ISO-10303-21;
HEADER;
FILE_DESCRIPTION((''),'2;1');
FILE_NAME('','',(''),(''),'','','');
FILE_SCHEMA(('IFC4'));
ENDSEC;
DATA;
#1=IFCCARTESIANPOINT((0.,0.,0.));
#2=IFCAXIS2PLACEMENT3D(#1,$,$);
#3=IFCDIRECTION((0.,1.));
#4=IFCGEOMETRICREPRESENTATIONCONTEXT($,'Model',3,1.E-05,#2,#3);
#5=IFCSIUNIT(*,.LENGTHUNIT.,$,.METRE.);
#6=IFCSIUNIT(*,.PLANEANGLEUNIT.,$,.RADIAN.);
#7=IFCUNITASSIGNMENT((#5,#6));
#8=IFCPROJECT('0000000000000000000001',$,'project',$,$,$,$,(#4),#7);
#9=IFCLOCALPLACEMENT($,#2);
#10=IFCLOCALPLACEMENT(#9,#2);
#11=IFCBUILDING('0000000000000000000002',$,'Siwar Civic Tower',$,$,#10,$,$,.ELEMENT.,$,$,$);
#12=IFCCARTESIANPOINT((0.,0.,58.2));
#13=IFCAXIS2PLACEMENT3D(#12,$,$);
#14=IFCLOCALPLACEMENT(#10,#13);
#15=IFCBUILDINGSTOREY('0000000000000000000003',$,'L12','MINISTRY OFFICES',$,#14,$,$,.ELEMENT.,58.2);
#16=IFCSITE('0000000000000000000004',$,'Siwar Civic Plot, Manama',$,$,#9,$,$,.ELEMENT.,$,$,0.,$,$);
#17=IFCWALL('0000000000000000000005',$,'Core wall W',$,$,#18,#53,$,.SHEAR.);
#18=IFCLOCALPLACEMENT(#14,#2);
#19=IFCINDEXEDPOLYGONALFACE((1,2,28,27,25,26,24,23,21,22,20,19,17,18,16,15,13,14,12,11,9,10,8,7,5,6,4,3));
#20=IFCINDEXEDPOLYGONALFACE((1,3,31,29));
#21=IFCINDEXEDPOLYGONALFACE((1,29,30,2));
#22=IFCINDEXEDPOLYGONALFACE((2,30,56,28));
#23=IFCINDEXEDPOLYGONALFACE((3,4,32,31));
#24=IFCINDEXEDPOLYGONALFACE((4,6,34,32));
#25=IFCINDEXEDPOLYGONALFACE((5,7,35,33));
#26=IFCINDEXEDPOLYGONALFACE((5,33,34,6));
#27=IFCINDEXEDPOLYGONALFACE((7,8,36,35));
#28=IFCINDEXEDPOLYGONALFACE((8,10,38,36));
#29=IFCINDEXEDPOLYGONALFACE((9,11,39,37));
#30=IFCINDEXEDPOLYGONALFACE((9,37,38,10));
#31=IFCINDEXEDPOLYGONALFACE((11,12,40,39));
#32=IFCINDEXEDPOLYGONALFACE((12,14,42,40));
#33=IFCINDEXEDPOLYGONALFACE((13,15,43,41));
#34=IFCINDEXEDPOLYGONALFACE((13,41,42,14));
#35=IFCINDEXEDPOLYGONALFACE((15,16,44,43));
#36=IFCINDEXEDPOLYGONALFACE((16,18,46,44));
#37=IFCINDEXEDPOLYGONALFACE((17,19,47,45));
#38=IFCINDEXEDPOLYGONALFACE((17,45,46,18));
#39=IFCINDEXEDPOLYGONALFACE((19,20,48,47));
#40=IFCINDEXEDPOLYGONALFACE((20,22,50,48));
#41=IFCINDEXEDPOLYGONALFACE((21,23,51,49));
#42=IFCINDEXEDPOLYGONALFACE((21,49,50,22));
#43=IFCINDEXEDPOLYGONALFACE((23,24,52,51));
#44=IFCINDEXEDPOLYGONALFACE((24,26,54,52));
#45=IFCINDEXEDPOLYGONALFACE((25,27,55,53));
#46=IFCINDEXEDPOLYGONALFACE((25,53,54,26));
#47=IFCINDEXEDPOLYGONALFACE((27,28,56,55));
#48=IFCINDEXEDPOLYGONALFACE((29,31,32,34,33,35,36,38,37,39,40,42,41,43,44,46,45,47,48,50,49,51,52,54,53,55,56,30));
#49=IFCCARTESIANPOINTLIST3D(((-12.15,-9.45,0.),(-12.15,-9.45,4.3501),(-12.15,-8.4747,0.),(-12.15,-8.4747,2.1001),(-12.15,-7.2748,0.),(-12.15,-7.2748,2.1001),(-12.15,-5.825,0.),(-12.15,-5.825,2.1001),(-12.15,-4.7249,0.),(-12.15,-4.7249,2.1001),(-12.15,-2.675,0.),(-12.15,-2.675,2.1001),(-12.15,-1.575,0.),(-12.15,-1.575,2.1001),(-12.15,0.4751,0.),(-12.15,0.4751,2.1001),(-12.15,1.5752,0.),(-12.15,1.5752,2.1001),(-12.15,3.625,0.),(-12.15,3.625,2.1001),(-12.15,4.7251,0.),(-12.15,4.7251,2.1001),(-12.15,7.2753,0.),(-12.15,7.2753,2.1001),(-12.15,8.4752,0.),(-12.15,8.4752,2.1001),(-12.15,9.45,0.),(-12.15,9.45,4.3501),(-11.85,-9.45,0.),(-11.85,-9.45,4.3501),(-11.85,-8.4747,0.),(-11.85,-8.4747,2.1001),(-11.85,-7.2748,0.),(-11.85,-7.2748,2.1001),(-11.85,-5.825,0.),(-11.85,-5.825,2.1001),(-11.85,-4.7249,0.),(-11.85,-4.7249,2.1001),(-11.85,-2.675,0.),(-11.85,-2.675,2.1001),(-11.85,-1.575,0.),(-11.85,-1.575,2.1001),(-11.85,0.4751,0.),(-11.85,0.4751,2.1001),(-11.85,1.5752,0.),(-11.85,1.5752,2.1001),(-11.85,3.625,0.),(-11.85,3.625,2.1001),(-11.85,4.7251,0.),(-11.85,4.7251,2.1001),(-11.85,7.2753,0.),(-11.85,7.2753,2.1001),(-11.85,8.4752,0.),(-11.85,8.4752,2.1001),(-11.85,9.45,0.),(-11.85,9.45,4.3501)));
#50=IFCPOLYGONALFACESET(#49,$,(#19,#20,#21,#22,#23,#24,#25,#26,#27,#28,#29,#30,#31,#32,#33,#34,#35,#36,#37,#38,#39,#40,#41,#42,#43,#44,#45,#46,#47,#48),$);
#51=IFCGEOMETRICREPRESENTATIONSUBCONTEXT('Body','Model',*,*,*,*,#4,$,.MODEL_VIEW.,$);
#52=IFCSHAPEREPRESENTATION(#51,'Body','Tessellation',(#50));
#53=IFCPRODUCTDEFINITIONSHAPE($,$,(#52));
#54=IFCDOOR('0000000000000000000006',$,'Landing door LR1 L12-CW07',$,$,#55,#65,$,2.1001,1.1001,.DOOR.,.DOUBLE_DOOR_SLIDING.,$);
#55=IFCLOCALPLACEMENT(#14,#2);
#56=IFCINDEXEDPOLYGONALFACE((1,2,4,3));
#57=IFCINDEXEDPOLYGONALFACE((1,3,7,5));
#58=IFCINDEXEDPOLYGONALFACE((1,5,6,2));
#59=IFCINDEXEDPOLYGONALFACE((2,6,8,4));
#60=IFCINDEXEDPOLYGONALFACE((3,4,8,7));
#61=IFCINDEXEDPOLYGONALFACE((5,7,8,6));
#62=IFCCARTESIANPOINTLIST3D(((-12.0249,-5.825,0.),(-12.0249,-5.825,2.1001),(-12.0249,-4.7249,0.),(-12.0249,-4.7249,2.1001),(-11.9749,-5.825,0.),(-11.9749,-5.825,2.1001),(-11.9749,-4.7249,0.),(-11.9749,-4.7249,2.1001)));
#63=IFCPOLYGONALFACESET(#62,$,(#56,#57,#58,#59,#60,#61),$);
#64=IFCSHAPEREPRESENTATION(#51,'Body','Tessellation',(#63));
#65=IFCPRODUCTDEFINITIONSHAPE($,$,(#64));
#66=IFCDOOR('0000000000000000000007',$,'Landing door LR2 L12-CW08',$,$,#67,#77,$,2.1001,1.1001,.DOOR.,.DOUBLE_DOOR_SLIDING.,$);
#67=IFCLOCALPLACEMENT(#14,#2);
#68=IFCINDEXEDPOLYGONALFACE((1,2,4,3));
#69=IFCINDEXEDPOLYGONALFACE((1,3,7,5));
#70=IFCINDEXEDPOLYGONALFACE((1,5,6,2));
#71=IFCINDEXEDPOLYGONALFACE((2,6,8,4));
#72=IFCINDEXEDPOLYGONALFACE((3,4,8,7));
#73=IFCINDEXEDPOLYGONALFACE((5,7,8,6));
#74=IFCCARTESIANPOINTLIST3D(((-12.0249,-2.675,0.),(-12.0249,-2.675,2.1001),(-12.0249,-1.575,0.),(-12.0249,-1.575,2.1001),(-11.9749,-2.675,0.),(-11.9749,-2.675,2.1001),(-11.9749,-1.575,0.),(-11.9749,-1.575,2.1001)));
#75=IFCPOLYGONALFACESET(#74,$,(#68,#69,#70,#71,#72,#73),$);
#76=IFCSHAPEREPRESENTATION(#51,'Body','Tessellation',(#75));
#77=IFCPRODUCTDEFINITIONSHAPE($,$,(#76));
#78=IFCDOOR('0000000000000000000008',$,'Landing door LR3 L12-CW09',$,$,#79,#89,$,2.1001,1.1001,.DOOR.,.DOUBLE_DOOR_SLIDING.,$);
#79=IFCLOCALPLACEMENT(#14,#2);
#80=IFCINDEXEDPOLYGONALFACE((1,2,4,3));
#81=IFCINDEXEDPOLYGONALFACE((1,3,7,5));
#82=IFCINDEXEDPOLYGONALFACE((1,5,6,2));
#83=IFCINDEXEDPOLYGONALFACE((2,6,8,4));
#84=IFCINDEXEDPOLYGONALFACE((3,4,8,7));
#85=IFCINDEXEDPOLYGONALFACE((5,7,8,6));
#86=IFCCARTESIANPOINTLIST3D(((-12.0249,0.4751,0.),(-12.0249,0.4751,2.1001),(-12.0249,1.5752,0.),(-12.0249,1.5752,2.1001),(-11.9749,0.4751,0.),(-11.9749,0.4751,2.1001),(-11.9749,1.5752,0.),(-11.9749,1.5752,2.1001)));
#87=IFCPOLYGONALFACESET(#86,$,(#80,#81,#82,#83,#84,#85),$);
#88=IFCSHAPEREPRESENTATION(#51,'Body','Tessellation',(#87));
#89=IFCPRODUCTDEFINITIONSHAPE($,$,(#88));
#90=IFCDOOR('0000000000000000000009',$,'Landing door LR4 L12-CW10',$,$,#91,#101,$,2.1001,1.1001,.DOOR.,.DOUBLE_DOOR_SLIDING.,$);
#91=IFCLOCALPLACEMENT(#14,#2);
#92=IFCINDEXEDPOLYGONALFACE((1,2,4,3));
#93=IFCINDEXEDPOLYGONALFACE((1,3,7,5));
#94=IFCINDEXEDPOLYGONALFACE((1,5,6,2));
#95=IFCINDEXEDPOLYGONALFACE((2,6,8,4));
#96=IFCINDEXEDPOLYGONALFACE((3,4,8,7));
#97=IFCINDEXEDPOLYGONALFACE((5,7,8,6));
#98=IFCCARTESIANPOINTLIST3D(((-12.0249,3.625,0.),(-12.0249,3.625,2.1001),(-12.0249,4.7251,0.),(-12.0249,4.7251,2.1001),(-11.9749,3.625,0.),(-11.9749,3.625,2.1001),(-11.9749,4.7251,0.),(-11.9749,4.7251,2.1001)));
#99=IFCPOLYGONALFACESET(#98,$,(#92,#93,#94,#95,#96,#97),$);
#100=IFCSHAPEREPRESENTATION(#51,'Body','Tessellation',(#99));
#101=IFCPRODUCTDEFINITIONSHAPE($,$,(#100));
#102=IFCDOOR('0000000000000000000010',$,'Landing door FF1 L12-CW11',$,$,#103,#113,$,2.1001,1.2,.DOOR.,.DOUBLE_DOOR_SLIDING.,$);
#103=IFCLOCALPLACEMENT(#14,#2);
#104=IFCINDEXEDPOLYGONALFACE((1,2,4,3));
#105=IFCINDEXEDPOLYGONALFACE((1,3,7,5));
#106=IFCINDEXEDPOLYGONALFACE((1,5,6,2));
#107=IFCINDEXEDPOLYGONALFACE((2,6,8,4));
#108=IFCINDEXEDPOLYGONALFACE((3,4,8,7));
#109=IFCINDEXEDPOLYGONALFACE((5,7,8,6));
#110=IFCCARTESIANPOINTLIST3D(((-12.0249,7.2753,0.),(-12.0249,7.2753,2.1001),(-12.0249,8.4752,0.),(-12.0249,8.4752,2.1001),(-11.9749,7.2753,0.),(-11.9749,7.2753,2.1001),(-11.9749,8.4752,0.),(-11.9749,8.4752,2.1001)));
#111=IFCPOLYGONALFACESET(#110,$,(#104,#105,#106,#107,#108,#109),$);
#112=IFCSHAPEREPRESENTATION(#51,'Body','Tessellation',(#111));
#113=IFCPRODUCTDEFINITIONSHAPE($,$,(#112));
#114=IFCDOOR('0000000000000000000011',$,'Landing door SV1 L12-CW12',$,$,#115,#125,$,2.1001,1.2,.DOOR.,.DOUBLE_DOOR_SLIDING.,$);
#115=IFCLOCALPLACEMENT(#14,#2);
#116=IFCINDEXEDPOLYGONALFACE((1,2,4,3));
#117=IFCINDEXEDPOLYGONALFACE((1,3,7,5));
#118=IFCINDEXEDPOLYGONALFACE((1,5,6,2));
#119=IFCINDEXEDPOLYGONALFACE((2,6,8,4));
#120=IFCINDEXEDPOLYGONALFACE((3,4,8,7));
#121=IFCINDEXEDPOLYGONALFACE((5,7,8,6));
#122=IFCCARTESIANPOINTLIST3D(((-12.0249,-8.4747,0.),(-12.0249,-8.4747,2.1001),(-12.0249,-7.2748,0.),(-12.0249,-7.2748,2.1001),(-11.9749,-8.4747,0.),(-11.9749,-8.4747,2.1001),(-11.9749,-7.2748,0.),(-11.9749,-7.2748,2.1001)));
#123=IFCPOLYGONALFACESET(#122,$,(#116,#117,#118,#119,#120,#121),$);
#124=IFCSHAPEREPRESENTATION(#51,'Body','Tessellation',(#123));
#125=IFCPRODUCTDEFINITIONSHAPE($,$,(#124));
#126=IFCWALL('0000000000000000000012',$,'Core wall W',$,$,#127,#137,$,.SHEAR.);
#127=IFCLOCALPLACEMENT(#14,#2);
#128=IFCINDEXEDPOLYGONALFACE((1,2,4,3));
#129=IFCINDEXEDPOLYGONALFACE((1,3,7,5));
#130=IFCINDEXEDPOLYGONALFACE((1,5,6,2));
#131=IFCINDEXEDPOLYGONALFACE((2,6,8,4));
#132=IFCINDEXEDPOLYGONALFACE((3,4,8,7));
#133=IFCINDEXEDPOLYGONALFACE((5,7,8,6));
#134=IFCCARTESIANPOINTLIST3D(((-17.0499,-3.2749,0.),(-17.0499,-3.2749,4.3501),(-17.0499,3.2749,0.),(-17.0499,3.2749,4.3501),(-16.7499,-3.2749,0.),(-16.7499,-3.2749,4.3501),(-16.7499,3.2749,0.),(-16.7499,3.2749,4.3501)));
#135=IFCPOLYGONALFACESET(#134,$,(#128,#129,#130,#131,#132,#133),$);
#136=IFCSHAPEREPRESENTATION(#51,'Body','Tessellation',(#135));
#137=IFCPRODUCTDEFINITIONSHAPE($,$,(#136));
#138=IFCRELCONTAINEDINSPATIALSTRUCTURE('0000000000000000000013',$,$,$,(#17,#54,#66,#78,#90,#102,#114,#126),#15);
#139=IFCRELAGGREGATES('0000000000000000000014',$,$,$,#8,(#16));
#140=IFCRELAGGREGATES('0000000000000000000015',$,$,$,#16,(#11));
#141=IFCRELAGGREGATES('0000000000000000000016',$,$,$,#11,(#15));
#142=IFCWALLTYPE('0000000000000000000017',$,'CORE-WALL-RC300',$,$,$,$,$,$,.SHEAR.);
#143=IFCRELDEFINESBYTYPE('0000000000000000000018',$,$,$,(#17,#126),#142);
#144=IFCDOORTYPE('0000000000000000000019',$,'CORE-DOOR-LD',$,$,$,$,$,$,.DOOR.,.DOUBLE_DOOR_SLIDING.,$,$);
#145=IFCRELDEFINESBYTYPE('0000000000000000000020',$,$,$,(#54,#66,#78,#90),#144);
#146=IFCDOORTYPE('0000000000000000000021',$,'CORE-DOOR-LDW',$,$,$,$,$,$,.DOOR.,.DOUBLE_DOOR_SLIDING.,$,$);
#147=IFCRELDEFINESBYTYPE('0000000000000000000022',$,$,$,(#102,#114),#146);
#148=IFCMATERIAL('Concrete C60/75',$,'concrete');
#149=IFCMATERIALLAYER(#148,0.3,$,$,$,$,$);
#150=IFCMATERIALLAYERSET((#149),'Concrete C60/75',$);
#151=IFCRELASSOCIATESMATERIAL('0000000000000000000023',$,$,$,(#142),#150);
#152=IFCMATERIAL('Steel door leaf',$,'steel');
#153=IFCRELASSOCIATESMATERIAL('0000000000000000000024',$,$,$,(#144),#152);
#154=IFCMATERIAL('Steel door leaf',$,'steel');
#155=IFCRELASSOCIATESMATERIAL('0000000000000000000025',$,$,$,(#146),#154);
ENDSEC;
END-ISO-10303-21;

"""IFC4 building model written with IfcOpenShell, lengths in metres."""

from ifc_helpers import new_model, si_unit, direction, frame, frame_2d, origin, place, context, subcontext, project, spatial, rectangle, extrude, material, layer, layer_set, type_object, element, fill, save


model = new_model("IFC4")

# Units and contexts
model_context = context("Model", 3, precision=1e-05, world=origin(), true_north=direction((0.0, 1.0)))
body_context = subcontext(model_context, "Body", "Model", "MODEL_VIEW")
ifc_project = project(units=[si_unit("LENGTHUNIT", "METRE"), si_unit("PLANEANGLEUNIT", "RADIAN")], contexts=[model_context])

# Site, building, storey
site_placement = place(None, origin())
site = spatial("IfcSite", under=ifc_project, at=site_placement, Name="Siwar Civic Plot, Manama", CompositionType="ELEMENT", RefElevation=0.0)
building_placement = place(site_placement, origin())
building = spatial("IfcBuilding", under=site, at=building_placement, Name="Siwar Civic Tower", CompositionType="ELEMENT")
storey_placement = place(building_placement, frame((0.0, 0.0, 58.2)))
storey = spatial("IfcBuildingStorey", under=building, at=storey_placement, Name="L12", Description="MINISTRY OFFICES", CompositionType="ELEMENT", Elevation=58.2)

# Wall, openings, doors
ifc_material_1 = material(Name="Concrete C60/75", Category="concrete")
ifc_layer_1 = layer(ifc_material_1, 0.3)
ifc_layer_set_1 = layer_set([ifc_layer_1], Name="Concrete C60/75")
wall_type_1 = type_object("IfcWallType", Name="CORE-WALL-RC300", PredefinedType="SHEAR", material=ifc_layer_set_1)
wall_1_placement = place(storey_placement, frame((-12.0, -9.45, 0.0), z_axis=(0.0, 0.0, 1.0), x_axis=(0.0, 1.0, 0.0)))
wall_1 = element("IfcWall", 1, at=wall_1_placement, inside=storey, type_object=wall_type_1, Name="Core wall W", PredefinedType="SHEAR", context=body_context, shape_type="SweptSolid", body=[
    extrude(rectangle(XDim=18.8999, YDim=0.3, at=frame_2d((9.45, 0.0))), origin(), (0.0, 0.0, 1.0), 4.3501),
])
opening_1_placement = place(wall_1_placement, frame((3.625, 0.0, 0.0)))
opening_1 = element("IfcOpeningElement", 2, at=opening_1_placement, cuts=wall_1, PredefinedType="OPENING", context=body_context, shape_type="SweptSolid", body=[
    extrude(rectangle(XDim=1.1001, YDim=2.1001, at=frame_2d((0.55, 1.05))), frame((0.0, 0.1602, 0.0), z_axis=(0.0, -1.0, 0.0), x_axis=(1.0, 0.0, 0.0)), (0.0, 0.0, 1.0), 0.3201),
])
opening_2_placement = place(wall_1_placement, frame((6.7749, 0.0, 0.0)))
opening_2 = element("IfcOpeningElement", 3, at=opening_2_placement, cuts=wall_1, PredefinedType="OPENING", context=body_context, shape_type="SweptSolid", body=[
    extrude(rectangle(XDim=1.1001, YDim=2.1001, at=frame_2d((0.55, 1.05))), frame((0.0, 0.1602, 0.0), z_axis=(0.0, -1.0, 0.0), x_axis=(1.0, 0.0, 0.0)), (0.0, 0.0, 1.0), 0.3201),
])
opening_3_placement = place(wall_1_placement, frame((9.925, 0.0, 0.0)))
opening_3 = element("IfcOpeningElement", 4, at=opening_3_placement, cuts=wall_1, PredefinedType="OPENING", context=body_context, shape_type="SweptSolid", body=[
    extrude(rectangle(XDim=1.1001, YDim=2.1001, at=frame_2d((0.55, 1.05))), frame((0.0, 0.1602, 0.0), z_axis=(0.0, -1.0, 0.0), x_axis=(1.0, 0.0, 0.0)), (0.0, 0.0, 1.0), 0.3201),
])
opening_4_placement = place(wall_1_placement, frame((13.075, 0.0, 0.0)))
opening_4 = element("IfcOpeningElement", 5, at=opening_4_placement, cuts=wall_1, PredefinedType="OPENING", context=body_context, shape_type="SweptSolid", body=[
    extrude(rectangle(XDim=1.1001, YDim=2.1001, at=frame_2d((0.55, 1.05))), frame((0.0, 0.1602, 0.0), z_axis=(0.0, -1.0, 0.0), x_axis=(1.0, 0.0, 0.0)), (0.0, 0.0, 1.0), 0.3201),
])
opening_5_placement = place(wall_1_placement, frame((16.7251, 0.0, 0.0)))
opening_5 = element("IfcOpeningElement", 6, at=opening_5_placement, cuts=wall_1, PredefinedType="OPENING", context=body_context, shape_type="SweptSolid", body=[
    extrude(rectangle(XDim=1.2, YDim=2.1001, at=frame_2d((0.6001, 1.05))), frame((0.0, 0.1602, 0.0), z_axis=(0.0, -1.0, 0.0), x_axis=(1.0, 0.0, 0.0)), (0.0, 0.0, 1.0), 0.3201),
])
opening_6_placement = place(wall_1_placement, frame((0.9751, 0.0, 0.0)))
opening_6 = element("IfcOpeningElement", 7, at=opening_6_placement, cuts=wall_1, PredefinedType="OPENING", context=body_context, shape_type="SweptSolid", body=[
    extrude(rectangle(XDim=1.2, YDim=2.1001, at=frame_2d((0.6001, 1.05))), frame((0.0, 0.1602, 0.0), z_axis=(0.0, -1.0, 0.0), x_axis=(1.0, 0.0, 0.0)), (0.0, 0.0, 1.0), 0.3201),
])
ifc_material_2 = material(Name="Steel door leaf", Category="steel")
door_type_1 = type_object("IfcDoorType", Name="CORE-DOOR-LD", OperationType="DOUBLE_DOOR_SLIDING", PredefinedType="DOOR", material=ifc_material_2)
door_1_placement = place(opening_1_placement, origin())
door_1 = element("IfcDoor", 8, at=door_1_placement, inside=storey, type_object=door_type_1, Name="Landing door LR1 L12-CW07", OperationType="DOUBLE_DOOR_SLIDING", OverallHeight=2.1001, OverallWidth=1.1001, PredefinedType="DOOR", context=body_context, shape_type="SweptSolid", body=[
    extrude(rectangle(XDim=1.1001, YDim=2.1001, at=frame_2d((0.55, 1.05))), frame((0.0, 0.0249, 0.0), z_axis=(0.0, -1.0, 0.0), x_axis=(1.0, 0.0, 0.0)), (0.0, 0.0, 1.0), 0.05),
])
fill(opening_1, door_1)
door_2_placement = place(opening_2_placement, origin())
door_2 = element("IfcDoor", 9, at=door_2_placement, inside=storey, type_object=door_type_1, Name="Landing door LR2 L12-CW08", OperationType="DOUBLE_DOOR_SLIDING", OverallHeight=2.1001, OverallWidth=1.1001, PredefinedType="DOOR", context=body_context, shape_type="SweptSolid", body=[
    extrude(rectangle(XDim=1.1001, YDim=2.1001, at=frame_2d((0.55, 1.05))), frame((0.0, 0.0249, 0.0), z_axis=(0.0, -1.0, 0.0), x_axis=(1.0, 0.0, 0.0)), (0.0, 0.0, 1.0), 0.05),
])
fill(opening_2, door_2)
door_3_placement = place(opening_3_placement, origin())
door_3 = element("IfcDoor", 10, at=door_3_placement, inside=storey, type_object=door_type_1, Name="Landing door LR3 L12-CW09", OperationType="DOUBLE_DOOR_SLIDING", OverallHeight=2.1001, OverallWidth=1.1001, PredefinedType="DOOR", context=body_context, shape_type="SweptSolid", body=[
    extrude(rectangle(XDim=1.1001, YDim=2.1001, at=frame_2d((0.55, 1.05))), frame((0.0, 0.0249, 0.0), z_axis=(0.0, -1.0, 0.0), x_axis=(1.0, 0.0, 0.0)), (0.0, 0.0, 1.0), 0.05),
])
fill(opening_3, door_3)
door_4_placement = place(opening_4_placement, origin())
door_4 = element("IfcDoor", 11, at=door_4_placement, inside=storey, type_object=door_type_1, Name="Landing door LR4 L12-CW10", OperationType="DOUBLE_DOOR_SLIDING", OverallHeight=2.1001, OverallWidth=1.1001, PredefinedType="DOOR", context=body_context, shape_type="SweptSolid", body=[
    extrude(rectangle(XDim=1.1001, YDim=2.1001, at=frame_2d((0.55, 1.05))), frame((0.0, 0.0249, 0.0), z_axis=(0.0, -1.0, 0.0), x_axis=(1.0, 0.0, 0.0)), (0.0, 0.0, 1.0), 0.05),
])
fill(opening_4, door_4)
ifc_material_3 = material(Name="Steel door leaf", Category="steel")
door_type_2 = type_object("IfcDoorType", Name="CORE-DOOR-LDW", OperationType="DOUBLE_DOOR_SLIDING", PredefinedType="DOOR", material=ifc_material_3)
door_5_placement = place(opening_5_placement, origin())
door_5 = element("IfcDoor", 12, at=door_5_placement, inside=storey, type_object=door_type_2, Name="Landing door FF1 L12-CW11", OperationType="DOUBLE_DOOR_SLIDING", OverallHeight=2.1001, OverallWidth=1.2, PredefinedType="DOOR", context=body_context, shape_type="SweptSolid", body=[
    extrude(rectangle(XDim=1.2, YDim=2.1001, at=frame_2d((0.6001, 1.05))), frame((0.0, 0.0249, 0.0), z_axis=(0.0, -1.0, 0.0), x_axis=(1.0, 0.0, 0.0)), (0.0, 0.0, 1.0), 0.05),
])
fill(opening_5, door_5)
door_6_placement = place(opening_6_placement, origin())
door_6 = element("IfcDoor", 13, at=door_6_placement, inside=storey, type_object=door_type_2, Name="Landing door SV1 L12-CW12", OperationType="DOUBLE_DOOR_SLIDING", OverallHeight=2.1001, OverallWidth=1.2, PredefinedType="DOOR", context=body_context, shape_type="SweptSolid", body=[
    extrude(rectangle(XDim=1.2, YDim=2.1001, at=frame_2d((0.6001, 1.05))), frame((0.0, 0.0249, 0.0), z_axis=(0.0, -1.0, 0.0), x_axis=(1.0, 0.0, 0.0)), (0.0, 0.0, 1.0), 0.05),
])
fill(opening_6, door_6)

# Wall
wall_2_placement = place(storey_placement, frame((-16.8999, -3.2749, 0.0), z_axis=(0.0, 0.0, 1.0), x_axis=(0.0, 1.0, 0.0)))
element("IfcWall", 14, at=wall_2_placement, inside=storey, type_object=wall_type_1, Name="Core wall W", PredefinedType="SHEAR", context=body_context, shape_type="SweptSolid", body=[
    extrude(rectangle(XDim=6.5498, YDim=0.3, at=frame_2d((3.2749, 0.0))), origin(), (0.0, 0.0, 1.0), 4.3501),
])

save(model, "model.ifc")
